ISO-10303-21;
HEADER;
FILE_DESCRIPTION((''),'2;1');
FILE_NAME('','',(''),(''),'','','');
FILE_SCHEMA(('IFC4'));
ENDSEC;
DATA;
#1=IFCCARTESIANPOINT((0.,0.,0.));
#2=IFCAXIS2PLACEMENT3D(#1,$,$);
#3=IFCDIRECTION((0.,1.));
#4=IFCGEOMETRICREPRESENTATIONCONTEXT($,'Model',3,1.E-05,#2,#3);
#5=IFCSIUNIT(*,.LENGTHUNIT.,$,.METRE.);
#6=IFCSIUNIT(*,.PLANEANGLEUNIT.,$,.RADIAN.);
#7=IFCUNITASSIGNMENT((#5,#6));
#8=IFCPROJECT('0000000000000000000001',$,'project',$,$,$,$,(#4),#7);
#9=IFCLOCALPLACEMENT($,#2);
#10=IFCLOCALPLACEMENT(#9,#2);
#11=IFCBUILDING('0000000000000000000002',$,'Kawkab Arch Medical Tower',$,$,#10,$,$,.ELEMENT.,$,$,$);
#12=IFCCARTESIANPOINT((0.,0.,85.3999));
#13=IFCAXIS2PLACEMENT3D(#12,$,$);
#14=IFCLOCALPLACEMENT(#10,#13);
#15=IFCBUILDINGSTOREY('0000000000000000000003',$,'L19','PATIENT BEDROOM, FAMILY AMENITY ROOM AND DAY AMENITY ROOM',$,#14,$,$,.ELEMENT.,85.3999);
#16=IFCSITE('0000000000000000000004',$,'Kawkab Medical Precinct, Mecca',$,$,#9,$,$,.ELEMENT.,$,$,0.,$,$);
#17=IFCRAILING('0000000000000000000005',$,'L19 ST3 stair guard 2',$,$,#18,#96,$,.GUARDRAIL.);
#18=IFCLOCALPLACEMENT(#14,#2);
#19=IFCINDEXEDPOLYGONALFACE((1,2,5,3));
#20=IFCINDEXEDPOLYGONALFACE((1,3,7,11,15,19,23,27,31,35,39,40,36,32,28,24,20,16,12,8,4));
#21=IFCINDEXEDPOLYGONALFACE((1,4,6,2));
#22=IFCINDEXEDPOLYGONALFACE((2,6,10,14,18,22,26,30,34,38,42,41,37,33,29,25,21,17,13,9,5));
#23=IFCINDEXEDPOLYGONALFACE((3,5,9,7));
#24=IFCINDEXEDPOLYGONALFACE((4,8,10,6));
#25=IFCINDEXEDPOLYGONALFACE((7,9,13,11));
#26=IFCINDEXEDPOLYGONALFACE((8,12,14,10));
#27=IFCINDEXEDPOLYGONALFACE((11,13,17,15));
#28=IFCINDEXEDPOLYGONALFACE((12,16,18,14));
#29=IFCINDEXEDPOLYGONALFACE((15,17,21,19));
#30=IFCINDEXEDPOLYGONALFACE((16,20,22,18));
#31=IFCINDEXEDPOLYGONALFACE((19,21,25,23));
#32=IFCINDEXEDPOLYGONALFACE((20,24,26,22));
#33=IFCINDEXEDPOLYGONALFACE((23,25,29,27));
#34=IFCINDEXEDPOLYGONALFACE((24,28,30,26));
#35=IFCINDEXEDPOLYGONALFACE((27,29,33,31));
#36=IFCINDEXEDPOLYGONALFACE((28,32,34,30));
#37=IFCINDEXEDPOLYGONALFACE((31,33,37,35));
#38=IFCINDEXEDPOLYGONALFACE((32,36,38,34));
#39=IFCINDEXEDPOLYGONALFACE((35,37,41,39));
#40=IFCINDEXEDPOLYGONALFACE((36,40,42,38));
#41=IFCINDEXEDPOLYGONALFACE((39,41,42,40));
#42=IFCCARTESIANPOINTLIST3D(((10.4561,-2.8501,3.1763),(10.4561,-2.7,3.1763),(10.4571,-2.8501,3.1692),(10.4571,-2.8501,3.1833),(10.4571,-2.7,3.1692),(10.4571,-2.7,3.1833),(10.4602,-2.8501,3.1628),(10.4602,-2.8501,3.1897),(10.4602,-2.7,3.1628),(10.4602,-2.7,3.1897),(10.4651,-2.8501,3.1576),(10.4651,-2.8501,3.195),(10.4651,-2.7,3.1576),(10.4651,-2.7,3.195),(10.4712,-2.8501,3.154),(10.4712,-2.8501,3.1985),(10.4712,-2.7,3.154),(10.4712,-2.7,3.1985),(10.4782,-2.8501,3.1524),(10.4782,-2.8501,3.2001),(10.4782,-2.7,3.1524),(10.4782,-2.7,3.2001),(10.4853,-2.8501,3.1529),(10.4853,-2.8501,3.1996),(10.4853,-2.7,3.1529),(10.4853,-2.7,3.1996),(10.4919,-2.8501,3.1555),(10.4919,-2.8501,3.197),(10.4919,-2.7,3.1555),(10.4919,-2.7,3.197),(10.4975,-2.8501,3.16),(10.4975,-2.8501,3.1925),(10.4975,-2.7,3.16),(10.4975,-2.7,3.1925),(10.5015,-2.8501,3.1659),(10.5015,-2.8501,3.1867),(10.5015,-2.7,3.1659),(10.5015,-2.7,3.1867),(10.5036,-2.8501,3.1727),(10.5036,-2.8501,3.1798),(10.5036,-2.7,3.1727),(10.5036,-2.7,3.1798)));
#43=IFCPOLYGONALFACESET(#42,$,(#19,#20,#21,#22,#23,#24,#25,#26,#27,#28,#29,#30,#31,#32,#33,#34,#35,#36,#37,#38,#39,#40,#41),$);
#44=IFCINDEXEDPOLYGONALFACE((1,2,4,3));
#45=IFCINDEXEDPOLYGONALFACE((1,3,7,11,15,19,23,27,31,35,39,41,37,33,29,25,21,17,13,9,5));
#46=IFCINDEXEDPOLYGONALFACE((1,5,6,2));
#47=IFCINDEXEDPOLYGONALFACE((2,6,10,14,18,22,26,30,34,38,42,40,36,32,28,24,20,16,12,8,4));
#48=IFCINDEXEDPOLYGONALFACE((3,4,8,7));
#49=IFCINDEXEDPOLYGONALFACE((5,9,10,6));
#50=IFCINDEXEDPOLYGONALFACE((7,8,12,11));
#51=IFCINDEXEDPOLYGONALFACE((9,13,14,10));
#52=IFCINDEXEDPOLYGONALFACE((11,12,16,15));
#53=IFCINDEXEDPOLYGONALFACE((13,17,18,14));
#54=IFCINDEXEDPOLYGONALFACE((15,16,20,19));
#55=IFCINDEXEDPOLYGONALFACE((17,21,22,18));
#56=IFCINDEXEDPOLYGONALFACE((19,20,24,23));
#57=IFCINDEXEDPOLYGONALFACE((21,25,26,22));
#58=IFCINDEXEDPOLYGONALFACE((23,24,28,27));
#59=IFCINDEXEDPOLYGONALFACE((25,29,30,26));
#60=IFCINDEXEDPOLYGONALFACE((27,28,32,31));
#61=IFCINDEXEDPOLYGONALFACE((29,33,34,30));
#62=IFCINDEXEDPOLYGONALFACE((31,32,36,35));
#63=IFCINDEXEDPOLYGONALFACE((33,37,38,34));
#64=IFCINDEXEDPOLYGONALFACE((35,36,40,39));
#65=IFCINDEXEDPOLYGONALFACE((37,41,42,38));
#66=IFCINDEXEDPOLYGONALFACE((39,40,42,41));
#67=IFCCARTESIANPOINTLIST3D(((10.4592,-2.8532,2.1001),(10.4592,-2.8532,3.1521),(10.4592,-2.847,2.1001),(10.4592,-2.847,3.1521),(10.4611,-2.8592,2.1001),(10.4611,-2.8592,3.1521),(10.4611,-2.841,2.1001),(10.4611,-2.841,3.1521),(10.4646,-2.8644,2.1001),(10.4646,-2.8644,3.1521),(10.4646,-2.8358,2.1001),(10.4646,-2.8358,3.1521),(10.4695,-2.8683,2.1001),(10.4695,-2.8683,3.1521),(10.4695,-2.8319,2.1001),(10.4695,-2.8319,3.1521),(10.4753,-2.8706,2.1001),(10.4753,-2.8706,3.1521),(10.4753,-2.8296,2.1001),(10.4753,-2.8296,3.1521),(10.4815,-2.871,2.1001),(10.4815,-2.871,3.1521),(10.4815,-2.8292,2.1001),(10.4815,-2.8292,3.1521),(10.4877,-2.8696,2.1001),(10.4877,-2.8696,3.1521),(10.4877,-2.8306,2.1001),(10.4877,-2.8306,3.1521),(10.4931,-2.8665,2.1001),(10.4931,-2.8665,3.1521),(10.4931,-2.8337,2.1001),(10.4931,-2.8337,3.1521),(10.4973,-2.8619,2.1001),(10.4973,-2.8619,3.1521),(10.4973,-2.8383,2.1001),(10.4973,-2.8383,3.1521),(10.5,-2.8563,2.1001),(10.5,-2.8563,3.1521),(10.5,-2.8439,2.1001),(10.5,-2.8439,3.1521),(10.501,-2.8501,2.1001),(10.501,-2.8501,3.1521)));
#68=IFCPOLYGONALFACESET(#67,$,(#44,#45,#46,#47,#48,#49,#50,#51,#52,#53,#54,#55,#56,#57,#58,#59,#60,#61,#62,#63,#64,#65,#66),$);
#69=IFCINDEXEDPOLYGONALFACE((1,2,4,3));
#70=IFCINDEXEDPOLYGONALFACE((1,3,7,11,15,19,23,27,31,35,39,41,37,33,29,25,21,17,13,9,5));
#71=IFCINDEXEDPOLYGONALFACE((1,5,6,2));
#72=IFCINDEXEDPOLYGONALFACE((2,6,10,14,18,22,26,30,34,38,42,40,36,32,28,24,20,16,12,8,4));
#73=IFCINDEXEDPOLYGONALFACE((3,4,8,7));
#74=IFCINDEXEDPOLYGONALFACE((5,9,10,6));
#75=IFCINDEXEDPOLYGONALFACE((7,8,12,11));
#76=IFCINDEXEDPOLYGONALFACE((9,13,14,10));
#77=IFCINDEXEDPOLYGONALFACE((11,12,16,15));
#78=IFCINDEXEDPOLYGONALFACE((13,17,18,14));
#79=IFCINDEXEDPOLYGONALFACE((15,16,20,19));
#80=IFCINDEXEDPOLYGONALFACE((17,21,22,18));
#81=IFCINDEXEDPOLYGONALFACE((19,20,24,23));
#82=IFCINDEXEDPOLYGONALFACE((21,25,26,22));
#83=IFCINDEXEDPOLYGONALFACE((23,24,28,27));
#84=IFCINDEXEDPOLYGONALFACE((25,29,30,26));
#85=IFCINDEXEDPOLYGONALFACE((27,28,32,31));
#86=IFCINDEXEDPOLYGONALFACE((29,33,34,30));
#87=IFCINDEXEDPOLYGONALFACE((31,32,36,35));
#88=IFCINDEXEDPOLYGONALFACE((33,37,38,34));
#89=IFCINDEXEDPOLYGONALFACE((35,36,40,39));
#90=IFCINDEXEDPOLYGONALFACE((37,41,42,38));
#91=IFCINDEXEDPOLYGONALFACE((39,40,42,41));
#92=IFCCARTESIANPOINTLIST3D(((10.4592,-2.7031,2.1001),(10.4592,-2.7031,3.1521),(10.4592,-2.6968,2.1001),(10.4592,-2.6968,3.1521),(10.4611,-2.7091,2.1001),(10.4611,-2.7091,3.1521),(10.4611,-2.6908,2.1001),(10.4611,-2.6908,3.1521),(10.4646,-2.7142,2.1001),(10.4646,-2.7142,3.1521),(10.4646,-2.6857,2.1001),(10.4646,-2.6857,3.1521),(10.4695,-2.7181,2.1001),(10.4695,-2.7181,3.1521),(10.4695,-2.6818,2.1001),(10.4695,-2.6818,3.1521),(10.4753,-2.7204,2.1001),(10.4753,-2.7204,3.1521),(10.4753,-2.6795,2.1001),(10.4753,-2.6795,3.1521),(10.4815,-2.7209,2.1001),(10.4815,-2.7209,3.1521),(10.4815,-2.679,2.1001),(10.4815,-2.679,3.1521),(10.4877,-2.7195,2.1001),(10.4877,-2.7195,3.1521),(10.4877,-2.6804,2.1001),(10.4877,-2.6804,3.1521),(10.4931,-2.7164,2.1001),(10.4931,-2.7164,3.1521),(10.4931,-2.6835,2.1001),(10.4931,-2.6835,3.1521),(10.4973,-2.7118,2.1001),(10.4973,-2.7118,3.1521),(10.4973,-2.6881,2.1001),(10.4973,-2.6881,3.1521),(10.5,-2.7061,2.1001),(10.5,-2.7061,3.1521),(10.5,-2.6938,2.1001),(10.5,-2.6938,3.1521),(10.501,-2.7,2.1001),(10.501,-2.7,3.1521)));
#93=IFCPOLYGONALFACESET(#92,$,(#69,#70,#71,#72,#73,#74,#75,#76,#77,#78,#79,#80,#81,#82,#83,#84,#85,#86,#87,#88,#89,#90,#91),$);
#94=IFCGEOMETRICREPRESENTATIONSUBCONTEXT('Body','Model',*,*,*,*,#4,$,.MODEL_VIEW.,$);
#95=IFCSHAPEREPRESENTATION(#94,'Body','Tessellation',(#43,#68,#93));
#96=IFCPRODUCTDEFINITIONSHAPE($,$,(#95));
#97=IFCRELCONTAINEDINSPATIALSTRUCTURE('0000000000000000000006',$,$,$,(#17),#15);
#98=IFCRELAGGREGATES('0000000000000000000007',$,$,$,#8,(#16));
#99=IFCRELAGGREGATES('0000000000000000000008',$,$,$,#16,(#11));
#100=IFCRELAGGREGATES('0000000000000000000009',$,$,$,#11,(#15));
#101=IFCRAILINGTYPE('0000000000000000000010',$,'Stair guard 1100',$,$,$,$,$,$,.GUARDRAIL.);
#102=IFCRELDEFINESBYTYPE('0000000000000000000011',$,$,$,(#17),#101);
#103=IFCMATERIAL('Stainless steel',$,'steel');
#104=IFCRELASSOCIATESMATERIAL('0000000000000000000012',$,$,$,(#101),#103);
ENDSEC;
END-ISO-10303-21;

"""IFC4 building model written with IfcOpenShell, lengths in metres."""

from ifc_helpers import new_model, si_unit, direction, frame, origin, origin_2d, place, context, subcontext, project, spatial, circle, extrude, material, type_object, element, save


model = new_model("IFC4")

# Units and contexts
model_context = context("Model", 3, precision=1e-05, world=origin(), true_north=direction((0.0, 1.0)))
body_context = subcontext(model_context, "Body", "Model", "MODEL_VIEW")
ifc_project = project(units=[si_unit("LENGTHUNIT", "METRE"), si_unit("PLANEANGLEUNIT", "RADIAN")], contexts=[model_context])

# Site, building, storey
site_placement = place(None, origin())
site = spatial("IfcSite", under=ifc_project, at=site_placement, Name="Kawkab Medical Precinct, Mecca", CompositionType="ELEMENT", RefElevation=0.0)
building_placement = place(site_placement, origin())
building = spatial("IfcBuilding", under=site, at=building_placement, Name="Kawkab Arch Medical Tower", CompositionType="ELEMENT")
storey_placement = place(building_placement, frame((0.0, 0.0, 85.3999)))
storey = spatial("IfcBuildingStorey", under=building, at=storey_placement, Name="L19", Description="PATIENT BEDROOM, FAMILY AMENITY ROOM AND DAY AMENITY ROOM", CompositionType="ELEMENT", Elevation=85.3999)

# Railing
ifc_material_1 = material(Name="Stainless steel", Category="steel")
railing_type_1 = type_object("IfcRailingType", Name="Stair guard 1100", PredefinedType="GUARDRAIL", material=ifc_material_1)
railing_1_placement = place(storey_placement, frame((10.48, -2.8501, 2.1001)))
element("IfcRailing", 1, at=railing_1_placement, inside=storey, type_object=railing_type_1, Name="L19 ST3 stair guard 2", PredefinedType="GUARDRAIL", context=body_context, shape_type="SweptSolid", body=[
    extrude(circle(Radius=0.0239, at=origin_2d()), frame((0.0, 0.0, 1.0762), z_axis=(0.0, 1.0, 0.0), x_axis=(-1.0, 0.0, 0.0)), (0.0, 0.0, 1.0), 0.1501),
    extrude(circle(Radius=0.021, at=origin_2d()), origin(), (0.0, 0.0, 1.0), 1.052),
    extrude(circle(Radius=0.021, at=origin_2d()), frame((0.0, 0.1501, 0.0)), (0.0, 0.0, 1.0), 1.052),
])

save(model, "model.ifc")
